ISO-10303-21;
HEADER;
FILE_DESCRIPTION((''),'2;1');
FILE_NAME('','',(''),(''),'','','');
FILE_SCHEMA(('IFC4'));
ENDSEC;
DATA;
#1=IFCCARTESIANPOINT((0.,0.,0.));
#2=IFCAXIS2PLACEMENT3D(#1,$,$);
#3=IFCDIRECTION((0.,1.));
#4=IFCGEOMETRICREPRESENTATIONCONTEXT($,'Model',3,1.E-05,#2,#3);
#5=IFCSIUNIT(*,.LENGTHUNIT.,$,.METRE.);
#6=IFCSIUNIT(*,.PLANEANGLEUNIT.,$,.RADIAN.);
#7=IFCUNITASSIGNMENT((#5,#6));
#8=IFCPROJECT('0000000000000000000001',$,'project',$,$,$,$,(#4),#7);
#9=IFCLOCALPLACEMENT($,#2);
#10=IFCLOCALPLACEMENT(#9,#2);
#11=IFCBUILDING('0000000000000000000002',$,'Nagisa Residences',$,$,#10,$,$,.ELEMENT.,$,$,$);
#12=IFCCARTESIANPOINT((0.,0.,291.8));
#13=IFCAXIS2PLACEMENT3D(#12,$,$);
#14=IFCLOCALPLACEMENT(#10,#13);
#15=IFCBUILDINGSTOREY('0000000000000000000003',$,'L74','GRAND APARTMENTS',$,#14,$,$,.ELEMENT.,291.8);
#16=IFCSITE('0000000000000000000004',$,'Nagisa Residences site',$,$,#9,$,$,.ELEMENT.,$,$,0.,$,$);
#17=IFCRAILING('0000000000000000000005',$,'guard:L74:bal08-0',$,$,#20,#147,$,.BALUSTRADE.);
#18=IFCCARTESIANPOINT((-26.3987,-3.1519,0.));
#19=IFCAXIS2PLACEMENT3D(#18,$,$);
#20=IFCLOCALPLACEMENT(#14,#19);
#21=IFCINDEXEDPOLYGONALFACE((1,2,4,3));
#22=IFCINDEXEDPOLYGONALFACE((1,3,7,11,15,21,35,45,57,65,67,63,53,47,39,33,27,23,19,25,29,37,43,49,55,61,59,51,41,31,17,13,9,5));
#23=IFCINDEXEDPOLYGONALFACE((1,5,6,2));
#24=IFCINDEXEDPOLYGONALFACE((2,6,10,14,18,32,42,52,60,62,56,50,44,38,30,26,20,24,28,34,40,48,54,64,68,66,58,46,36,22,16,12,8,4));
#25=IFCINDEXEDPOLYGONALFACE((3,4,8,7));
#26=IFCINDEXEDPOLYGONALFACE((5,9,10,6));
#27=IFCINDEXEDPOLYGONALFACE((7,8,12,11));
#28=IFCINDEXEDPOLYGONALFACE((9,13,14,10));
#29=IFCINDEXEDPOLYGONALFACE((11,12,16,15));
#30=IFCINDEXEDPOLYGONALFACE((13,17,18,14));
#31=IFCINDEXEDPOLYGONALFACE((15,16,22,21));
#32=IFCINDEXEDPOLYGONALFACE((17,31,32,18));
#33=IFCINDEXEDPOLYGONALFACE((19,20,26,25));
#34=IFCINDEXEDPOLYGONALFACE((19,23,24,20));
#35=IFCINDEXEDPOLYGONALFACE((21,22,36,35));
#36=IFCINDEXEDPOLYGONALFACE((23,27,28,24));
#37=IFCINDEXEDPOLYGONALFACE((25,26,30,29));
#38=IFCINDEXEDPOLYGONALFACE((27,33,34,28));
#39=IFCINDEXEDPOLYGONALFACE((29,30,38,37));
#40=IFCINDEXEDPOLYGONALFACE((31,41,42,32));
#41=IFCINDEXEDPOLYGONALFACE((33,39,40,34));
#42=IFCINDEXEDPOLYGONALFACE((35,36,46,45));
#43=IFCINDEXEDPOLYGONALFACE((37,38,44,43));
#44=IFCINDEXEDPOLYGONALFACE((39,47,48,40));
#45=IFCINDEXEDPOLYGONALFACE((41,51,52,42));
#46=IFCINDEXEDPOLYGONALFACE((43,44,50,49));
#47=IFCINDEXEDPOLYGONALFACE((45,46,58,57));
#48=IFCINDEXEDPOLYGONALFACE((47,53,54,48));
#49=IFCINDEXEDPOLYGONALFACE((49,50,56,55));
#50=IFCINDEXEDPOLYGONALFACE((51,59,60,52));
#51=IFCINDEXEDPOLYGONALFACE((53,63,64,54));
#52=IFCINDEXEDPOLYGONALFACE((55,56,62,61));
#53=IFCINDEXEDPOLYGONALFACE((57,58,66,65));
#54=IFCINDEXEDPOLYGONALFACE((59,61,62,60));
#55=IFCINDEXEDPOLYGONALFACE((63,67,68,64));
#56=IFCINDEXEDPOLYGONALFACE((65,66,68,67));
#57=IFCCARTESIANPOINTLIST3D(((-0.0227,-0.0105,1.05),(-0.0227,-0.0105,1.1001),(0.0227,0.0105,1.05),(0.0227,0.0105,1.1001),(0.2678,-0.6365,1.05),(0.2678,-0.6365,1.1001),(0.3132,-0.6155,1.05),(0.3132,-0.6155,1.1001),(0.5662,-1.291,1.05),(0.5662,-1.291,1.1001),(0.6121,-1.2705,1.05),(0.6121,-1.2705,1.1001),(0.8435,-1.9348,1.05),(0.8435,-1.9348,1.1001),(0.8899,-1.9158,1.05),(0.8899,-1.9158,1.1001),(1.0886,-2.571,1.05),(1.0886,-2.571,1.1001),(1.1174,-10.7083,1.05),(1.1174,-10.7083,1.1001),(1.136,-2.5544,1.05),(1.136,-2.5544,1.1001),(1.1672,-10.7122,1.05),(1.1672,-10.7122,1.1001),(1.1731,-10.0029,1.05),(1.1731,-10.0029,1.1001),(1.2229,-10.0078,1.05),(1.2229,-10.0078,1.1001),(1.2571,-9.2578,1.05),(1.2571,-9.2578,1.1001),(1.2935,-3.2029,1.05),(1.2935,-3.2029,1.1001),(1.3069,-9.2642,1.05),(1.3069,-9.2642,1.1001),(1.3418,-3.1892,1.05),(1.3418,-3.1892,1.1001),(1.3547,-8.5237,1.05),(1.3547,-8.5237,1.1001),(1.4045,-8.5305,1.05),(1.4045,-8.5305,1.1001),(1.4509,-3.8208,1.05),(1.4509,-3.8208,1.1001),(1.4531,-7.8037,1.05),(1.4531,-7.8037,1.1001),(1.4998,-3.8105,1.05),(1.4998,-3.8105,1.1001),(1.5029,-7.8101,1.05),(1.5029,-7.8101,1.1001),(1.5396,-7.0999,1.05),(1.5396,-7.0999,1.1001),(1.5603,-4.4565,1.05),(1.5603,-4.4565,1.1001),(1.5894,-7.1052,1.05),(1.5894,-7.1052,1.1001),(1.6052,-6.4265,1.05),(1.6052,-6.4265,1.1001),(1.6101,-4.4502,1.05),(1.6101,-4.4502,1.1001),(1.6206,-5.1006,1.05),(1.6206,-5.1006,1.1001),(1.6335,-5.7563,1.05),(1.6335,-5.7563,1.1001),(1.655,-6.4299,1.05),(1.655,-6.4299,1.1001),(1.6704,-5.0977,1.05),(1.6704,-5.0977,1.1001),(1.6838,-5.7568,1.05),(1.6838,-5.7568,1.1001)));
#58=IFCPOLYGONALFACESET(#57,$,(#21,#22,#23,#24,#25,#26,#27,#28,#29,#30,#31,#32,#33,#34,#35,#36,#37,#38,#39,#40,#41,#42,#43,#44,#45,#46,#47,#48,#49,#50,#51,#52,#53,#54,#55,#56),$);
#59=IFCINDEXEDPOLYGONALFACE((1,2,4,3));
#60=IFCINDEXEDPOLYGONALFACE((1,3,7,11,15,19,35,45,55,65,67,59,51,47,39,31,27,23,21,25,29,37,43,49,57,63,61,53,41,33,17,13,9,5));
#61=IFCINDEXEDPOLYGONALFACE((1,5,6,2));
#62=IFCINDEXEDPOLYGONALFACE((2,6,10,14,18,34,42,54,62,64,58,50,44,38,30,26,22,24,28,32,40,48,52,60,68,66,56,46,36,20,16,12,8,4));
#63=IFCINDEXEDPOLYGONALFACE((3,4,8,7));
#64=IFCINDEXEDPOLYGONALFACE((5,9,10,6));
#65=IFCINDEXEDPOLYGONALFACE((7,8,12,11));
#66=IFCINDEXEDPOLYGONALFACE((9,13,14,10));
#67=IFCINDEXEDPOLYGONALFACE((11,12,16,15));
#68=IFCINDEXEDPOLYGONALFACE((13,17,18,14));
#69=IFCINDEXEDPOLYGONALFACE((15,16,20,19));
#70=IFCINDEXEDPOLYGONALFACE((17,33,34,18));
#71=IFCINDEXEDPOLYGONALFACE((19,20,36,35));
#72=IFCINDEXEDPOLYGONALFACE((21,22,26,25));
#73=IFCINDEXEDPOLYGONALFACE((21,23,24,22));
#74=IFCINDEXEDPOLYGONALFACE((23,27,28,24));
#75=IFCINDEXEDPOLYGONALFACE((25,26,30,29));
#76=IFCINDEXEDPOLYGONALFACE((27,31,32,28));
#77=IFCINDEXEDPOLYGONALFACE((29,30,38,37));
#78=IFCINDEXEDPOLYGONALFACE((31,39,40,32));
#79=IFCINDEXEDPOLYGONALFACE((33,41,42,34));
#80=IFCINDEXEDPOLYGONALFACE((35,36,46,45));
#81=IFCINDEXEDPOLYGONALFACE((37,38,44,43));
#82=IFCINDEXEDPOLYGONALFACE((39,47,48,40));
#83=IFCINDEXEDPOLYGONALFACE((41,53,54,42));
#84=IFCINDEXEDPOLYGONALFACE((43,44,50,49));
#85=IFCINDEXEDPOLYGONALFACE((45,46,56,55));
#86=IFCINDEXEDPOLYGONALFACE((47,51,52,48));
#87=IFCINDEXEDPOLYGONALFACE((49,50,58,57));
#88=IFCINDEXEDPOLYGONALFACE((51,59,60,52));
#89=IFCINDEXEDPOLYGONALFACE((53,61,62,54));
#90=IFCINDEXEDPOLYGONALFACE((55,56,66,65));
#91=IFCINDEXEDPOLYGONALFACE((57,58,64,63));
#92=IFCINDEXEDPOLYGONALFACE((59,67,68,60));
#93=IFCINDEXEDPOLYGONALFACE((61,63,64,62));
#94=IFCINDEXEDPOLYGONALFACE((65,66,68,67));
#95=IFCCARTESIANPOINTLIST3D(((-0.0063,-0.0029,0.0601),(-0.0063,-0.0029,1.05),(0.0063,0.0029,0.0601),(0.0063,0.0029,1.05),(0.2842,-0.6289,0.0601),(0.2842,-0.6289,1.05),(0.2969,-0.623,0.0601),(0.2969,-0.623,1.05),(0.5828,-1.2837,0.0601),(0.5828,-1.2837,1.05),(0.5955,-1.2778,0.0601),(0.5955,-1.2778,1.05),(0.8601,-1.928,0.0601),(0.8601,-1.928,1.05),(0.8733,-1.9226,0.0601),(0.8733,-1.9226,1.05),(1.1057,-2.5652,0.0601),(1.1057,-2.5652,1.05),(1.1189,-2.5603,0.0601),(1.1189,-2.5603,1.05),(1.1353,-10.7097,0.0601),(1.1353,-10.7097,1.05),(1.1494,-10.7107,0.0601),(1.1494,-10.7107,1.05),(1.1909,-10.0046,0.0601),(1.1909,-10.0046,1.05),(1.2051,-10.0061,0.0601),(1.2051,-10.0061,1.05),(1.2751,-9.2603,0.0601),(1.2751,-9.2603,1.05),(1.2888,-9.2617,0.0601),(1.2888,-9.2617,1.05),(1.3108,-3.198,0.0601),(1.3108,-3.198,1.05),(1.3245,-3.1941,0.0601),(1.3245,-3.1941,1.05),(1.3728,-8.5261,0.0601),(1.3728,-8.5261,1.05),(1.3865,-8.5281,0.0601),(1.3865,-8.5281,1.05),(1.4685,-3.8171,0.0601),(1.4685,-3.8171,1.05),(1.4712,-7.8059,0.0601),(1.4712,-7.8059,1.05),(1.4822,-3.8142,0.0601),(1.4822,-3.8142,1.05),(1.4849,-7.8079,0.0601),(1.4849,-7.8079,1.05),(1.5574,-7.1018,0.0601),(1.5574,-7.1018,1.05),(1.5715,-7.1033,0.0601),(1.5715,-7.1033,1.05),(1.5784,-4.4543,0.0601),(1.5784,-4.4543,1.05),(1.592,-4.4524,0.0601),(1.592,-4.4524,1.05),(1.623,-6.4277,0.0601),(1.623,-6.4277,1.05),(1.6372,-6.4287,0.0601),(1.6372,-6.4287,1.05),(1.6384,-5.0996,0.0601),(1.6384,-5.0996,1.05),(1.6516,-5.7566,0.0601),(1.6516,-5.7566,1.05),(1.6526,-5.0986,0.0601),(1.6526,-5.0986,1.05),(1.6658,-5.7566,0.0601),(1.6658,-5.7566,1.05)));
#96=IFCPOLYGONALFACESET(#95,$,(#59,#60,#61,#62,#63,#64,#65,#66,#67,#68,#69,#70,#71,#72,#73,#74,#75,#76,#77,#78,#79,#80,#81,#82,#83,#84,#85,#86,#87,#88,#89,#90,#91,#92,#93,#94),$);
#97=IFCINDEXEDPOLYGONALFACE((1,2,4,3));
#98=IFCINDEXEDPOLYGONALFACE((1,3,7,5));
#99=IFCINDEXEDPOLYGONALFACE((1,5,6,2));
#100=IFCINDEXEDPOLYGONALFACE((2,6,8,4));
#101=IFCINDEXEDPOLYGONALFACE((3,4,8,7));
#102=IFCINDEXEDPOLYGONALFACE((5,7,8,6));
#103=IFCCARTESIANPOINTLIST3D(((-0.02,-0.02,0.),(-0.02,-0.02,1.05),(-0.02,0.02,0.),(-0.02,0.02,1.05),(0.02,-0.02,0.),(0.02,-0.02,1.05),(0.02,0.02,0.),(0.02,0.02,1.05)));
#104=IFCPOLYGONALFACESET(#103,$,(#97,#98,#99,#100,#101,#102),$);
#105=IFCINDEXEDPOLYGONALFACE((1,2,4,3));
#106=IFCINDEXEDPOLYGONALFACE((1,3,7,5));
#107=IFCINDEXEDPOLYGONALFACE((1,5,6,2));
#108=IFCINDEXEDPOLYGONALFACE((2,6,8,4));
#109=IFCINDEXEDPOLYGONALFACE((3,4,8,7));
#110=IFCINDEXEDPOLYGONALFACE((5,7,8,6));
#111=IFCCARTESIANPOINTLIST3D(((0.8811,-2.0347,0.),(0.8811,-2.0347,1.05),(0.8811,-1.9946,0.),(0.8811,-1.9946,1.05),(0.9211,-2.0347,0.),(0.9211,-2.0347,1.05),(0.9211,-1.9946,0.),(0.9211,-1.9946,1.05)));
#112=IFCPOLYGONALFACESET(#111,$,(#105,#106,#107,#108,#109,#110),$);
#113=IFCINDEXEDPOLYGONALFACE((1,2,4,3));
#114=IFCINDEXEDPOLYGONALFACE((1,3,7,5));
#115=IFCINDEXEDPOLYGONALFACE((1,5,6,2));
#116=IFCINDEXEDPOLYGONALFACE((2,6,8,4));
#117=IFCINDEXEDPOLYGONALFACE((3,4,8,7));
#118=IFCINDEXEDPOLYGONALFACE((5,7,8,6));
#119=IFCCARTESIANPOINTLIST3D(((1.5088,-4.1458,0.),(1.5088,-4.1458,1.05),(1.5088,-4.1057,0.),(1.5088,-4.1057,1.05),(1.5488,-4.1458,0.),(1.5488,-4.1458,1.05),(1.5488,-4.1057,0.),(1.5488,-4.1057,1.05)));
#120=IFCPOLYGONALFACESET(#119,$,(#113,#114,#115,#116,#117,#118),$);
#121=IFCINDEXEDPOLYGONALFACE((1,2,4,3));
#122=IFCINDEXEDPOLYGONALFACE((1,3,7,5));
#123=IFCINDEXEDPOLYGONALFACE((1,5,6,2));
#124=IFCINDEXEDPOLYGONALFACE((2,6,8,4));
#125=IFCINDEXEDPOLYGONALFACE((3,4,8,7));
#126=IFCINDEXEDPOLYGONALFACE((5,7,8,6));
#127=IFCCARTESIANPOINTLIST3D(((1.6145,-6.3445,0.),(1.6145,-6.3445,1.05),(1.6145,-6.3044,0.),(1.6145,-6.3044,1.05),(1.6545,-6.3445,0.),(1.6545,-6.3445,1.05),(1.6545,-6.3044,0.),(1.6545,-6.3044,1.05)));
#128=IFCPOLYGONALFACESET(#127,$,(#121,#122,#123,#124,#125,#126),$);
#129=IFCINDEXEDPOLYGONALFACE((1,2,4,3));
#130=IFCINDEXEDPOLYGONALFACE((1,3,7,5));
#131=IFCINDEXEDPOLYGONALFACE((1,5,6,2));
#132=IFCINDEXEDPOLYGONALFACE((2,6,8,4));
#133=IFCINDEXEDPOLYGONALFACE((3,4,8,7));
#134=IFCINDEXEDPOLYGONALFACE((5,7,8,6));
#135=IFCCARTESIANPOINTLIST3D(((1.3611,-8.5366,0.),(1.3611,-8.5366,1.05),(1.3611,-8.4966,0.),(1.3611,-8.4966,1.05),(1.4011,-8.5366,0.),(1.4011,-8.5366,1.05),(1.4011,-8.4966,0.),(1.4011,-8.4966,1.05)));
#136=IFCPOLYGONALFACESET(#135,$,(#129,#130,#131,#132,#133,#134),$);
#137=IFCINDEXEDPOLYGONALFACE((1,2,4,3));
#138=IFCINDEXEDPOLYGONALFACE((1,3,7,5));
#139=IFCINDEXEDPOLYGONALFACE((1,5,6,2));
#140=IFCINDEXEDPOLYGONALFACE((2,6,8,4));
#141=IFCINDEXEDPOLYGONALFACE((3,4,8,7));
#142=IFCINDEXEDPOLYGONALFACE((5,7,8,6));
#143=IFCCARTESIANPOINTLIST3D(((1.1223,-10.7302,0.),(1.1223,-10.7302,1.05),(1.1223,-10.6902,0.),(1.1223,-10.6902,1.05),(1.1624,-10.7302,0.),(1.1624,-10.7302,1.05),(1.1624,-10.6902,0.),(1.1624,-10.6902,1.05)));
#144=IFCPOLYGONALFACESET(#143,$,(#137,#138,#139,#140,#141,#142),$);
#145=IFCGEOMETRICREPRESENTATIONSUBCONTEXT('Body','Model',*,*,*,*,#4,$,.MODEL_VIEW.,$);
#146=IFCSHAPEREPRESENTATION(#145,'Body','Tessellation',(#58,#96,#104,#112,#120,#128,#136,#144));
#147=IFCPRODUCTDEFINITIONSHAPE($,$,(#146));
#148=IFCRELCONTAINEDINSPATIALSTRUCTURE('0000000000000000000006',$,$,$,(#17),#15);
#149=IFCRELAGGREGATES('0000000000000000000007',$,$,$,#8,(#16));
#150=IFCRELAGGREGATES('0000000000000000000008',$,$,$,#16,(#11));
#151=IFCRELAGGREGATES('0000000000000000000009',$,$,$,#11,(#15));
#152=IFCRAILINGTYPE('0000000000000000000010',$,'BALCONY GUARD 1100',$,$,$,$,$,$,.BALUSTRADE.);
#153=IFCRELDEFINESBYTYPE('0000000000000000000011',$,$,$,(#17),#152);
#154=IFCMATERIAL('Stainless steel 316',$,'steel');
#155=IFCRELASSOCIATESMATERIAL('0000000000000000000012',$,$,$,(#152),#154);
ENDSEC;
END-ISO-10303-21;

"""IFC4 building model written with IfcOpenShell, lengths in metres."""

from ifc_helpers import new_model, si_unit, direction, frame, origin, origin_2d, place, context, subcontext, project, spatial, polyline, rectangle, outline, extrude, material, type_object, element, save


model = new_model("IFC4")

# Units and contexts
model_context = context("Model", 3, precision=1e-05, world=origin(), true_north=direction((0.0, 1.0)))
body_context = subcontext(model_context, "Body", "Model", "MODEL_VIEW")
ifc_project = project(units=[si_unit("LENGTHUNIT", "METRE"), si_unit("PLANEANGLEUNIT", "RADIAN")], contexts=[model_context])

# Site, building, storey
site_placement = place(None, origin())
site = spatial("IfcSite", under=ifc_project, at=site_placement, Name="Nagisa Residences site", CompositionType="ELEMENT", RefElevation=0.0)
building_placement = place(site_placement, origin())
building = spatial("IfcBuilding", under=site, at=building_placement, Name="Nagisa Residences", CompositionType="ELEMENT")
storey_placement = place(building_placement, frame((0.0, 0.0, 291.8)))
storey = spatial("IfcBuildingStorey", under=building, at=storey_placement, Name="L74", Description="GRAND APARTMENTS", CompositionType="ELEMENT", Elevation=291.8)

# Railing
ifc_material_1 = material(Name="Stainless steel 316", Category="steel")
railing_type = type_object("IfcRailingType", Name="BALCONY GUARD 1100", PredefinedType="BALUSTRADE", material=ifc_material_1)
railing_1_placement = place(storey_placement, frame((-26.3987, -3.1519, 0.0)))
element("IfcRailing", 1, at=railing_1_placement, inside=storey, type_object=railing_type, Name="guard:L74:bal08-0", PredefinedType="BALUSTRADE", context=body_context, shape_type="SweptSolid", body=[
    extrude(outline(polyline([(0.3132, -0.6155), (0.0227, 0.0105), (-0.0227, -0.0105), (0.2678, -0.6365), (0.5662, -1.291), (0.8435, -1.9348), (1.0886, -2.571), (1.2935, -3.2029), (1.4509, -3.8208), (1.5603, -4.4565), (1.6206, -5.1006), (1.6335, -5.7563), (1.6052, -6.4265), (1.5396, -7.0999), (1.4531, -7.8037), (1.3547, -8.5237), (1.2571, -9.2578), (1.1731, -10.0029), (1.1174, -10.7083), (1.1672, -10.7122), (1.2229, -10.0078), (1.3069, -9.2642), (1.4045, -8.5305), (1.5029, -7.8101), (1.5894, -7.1052), (1.655, -6.4299), (1.6838, -5.7568), (1.6704, -5.0977), (1.6101, -4.4502), (1.4998, -3.8105), (1.3418, -3.1892), (1.136, -2.5544), (0.8899, -1.9158), (0.6121, -1.2705), (0.3132, -0.6155)])), frame((0.0, 0.0, 1.05)), (0.0, 0.0, 1.0), 0.05),
    extrude(outline(polyline([(0.2969, -0.623), (0.0063, 0.0029), (-0.0063, -0.0029), (0.2842, -0.6289), (0.5828, -1.2837), (0.8601, -1.928), (1.1057, -2.5652), (1.3108, -3.198), (1.4685, -3.8171), (1.5784, -4.4543), (1.6384, -5.0996), (1.6516, -5.7566), (1.623, -6.4277), (1.5574, -7.1018), (1.4712, -7.8059), (1.3728, -8.5261), (1.2751, -9.2603), (1.1909, -10.0046), (1.1353, -10.7097), (1.1494, -10.7107), (1.2051, -10.0061), (1.2888, -9.2617), (1.3865, -8.5281), (1.4849, -7.8079), (1.5715, -7.1033), (1.6372, -6.4287), (1.6658, -5.7566), (1.6526, -5.0986), (1.592, -4.4524), (1.4822, -3.8142), (1.3245, -3.1941), (1.1189, -2.5603), (0.8733, -1.9226), (0.5955, -1.2778), (0.2969, -0.623)])), frame((0.0, 0.0, 0.0601)), (0.0, 0.0, 1.0), 0.99),
    extrude(rectangle(XDim=0.04, YDim=0.04, at=origin_2d()), origin(), (0.0, 0.0, 1.0), 1.05),
    extrude(rectangle(XDim=0.04, YDim=0.04, at=origin_2d()), frame((0.9011, -2.0146, 0.0)), (0.0, 0.0, 1.0), 1.05),
    extrude(rectangle(XDim=0.04, YDim=0.04, at=origin_2d()), frame((1.5288, -4.1257, 0.0)), (0.0, 0.0, 1.0), 1.05),
    extrude(rectangle(XDim=0.04, YDim=0.04, at=origin_2d()), frame((1.6345, -6.3245, 0.0)), (0.0, 0.0, 1.0), 1.05),
    extrude(rectangle(XDim=0.04, YDim=0.04, at=origin_2d()), frame((1.3811, -8.5166, 0.0)), (0.0, 0.0, 1.0), 1.05),
    extrude(rectangle(XDim=0.04, YDim=0.04, at=origin_2d()), frame((1.1423, -10.7102, 0.0)), (0.0, 0.0, 1.0), 1.05),
])

save(model, "model.ifc")
